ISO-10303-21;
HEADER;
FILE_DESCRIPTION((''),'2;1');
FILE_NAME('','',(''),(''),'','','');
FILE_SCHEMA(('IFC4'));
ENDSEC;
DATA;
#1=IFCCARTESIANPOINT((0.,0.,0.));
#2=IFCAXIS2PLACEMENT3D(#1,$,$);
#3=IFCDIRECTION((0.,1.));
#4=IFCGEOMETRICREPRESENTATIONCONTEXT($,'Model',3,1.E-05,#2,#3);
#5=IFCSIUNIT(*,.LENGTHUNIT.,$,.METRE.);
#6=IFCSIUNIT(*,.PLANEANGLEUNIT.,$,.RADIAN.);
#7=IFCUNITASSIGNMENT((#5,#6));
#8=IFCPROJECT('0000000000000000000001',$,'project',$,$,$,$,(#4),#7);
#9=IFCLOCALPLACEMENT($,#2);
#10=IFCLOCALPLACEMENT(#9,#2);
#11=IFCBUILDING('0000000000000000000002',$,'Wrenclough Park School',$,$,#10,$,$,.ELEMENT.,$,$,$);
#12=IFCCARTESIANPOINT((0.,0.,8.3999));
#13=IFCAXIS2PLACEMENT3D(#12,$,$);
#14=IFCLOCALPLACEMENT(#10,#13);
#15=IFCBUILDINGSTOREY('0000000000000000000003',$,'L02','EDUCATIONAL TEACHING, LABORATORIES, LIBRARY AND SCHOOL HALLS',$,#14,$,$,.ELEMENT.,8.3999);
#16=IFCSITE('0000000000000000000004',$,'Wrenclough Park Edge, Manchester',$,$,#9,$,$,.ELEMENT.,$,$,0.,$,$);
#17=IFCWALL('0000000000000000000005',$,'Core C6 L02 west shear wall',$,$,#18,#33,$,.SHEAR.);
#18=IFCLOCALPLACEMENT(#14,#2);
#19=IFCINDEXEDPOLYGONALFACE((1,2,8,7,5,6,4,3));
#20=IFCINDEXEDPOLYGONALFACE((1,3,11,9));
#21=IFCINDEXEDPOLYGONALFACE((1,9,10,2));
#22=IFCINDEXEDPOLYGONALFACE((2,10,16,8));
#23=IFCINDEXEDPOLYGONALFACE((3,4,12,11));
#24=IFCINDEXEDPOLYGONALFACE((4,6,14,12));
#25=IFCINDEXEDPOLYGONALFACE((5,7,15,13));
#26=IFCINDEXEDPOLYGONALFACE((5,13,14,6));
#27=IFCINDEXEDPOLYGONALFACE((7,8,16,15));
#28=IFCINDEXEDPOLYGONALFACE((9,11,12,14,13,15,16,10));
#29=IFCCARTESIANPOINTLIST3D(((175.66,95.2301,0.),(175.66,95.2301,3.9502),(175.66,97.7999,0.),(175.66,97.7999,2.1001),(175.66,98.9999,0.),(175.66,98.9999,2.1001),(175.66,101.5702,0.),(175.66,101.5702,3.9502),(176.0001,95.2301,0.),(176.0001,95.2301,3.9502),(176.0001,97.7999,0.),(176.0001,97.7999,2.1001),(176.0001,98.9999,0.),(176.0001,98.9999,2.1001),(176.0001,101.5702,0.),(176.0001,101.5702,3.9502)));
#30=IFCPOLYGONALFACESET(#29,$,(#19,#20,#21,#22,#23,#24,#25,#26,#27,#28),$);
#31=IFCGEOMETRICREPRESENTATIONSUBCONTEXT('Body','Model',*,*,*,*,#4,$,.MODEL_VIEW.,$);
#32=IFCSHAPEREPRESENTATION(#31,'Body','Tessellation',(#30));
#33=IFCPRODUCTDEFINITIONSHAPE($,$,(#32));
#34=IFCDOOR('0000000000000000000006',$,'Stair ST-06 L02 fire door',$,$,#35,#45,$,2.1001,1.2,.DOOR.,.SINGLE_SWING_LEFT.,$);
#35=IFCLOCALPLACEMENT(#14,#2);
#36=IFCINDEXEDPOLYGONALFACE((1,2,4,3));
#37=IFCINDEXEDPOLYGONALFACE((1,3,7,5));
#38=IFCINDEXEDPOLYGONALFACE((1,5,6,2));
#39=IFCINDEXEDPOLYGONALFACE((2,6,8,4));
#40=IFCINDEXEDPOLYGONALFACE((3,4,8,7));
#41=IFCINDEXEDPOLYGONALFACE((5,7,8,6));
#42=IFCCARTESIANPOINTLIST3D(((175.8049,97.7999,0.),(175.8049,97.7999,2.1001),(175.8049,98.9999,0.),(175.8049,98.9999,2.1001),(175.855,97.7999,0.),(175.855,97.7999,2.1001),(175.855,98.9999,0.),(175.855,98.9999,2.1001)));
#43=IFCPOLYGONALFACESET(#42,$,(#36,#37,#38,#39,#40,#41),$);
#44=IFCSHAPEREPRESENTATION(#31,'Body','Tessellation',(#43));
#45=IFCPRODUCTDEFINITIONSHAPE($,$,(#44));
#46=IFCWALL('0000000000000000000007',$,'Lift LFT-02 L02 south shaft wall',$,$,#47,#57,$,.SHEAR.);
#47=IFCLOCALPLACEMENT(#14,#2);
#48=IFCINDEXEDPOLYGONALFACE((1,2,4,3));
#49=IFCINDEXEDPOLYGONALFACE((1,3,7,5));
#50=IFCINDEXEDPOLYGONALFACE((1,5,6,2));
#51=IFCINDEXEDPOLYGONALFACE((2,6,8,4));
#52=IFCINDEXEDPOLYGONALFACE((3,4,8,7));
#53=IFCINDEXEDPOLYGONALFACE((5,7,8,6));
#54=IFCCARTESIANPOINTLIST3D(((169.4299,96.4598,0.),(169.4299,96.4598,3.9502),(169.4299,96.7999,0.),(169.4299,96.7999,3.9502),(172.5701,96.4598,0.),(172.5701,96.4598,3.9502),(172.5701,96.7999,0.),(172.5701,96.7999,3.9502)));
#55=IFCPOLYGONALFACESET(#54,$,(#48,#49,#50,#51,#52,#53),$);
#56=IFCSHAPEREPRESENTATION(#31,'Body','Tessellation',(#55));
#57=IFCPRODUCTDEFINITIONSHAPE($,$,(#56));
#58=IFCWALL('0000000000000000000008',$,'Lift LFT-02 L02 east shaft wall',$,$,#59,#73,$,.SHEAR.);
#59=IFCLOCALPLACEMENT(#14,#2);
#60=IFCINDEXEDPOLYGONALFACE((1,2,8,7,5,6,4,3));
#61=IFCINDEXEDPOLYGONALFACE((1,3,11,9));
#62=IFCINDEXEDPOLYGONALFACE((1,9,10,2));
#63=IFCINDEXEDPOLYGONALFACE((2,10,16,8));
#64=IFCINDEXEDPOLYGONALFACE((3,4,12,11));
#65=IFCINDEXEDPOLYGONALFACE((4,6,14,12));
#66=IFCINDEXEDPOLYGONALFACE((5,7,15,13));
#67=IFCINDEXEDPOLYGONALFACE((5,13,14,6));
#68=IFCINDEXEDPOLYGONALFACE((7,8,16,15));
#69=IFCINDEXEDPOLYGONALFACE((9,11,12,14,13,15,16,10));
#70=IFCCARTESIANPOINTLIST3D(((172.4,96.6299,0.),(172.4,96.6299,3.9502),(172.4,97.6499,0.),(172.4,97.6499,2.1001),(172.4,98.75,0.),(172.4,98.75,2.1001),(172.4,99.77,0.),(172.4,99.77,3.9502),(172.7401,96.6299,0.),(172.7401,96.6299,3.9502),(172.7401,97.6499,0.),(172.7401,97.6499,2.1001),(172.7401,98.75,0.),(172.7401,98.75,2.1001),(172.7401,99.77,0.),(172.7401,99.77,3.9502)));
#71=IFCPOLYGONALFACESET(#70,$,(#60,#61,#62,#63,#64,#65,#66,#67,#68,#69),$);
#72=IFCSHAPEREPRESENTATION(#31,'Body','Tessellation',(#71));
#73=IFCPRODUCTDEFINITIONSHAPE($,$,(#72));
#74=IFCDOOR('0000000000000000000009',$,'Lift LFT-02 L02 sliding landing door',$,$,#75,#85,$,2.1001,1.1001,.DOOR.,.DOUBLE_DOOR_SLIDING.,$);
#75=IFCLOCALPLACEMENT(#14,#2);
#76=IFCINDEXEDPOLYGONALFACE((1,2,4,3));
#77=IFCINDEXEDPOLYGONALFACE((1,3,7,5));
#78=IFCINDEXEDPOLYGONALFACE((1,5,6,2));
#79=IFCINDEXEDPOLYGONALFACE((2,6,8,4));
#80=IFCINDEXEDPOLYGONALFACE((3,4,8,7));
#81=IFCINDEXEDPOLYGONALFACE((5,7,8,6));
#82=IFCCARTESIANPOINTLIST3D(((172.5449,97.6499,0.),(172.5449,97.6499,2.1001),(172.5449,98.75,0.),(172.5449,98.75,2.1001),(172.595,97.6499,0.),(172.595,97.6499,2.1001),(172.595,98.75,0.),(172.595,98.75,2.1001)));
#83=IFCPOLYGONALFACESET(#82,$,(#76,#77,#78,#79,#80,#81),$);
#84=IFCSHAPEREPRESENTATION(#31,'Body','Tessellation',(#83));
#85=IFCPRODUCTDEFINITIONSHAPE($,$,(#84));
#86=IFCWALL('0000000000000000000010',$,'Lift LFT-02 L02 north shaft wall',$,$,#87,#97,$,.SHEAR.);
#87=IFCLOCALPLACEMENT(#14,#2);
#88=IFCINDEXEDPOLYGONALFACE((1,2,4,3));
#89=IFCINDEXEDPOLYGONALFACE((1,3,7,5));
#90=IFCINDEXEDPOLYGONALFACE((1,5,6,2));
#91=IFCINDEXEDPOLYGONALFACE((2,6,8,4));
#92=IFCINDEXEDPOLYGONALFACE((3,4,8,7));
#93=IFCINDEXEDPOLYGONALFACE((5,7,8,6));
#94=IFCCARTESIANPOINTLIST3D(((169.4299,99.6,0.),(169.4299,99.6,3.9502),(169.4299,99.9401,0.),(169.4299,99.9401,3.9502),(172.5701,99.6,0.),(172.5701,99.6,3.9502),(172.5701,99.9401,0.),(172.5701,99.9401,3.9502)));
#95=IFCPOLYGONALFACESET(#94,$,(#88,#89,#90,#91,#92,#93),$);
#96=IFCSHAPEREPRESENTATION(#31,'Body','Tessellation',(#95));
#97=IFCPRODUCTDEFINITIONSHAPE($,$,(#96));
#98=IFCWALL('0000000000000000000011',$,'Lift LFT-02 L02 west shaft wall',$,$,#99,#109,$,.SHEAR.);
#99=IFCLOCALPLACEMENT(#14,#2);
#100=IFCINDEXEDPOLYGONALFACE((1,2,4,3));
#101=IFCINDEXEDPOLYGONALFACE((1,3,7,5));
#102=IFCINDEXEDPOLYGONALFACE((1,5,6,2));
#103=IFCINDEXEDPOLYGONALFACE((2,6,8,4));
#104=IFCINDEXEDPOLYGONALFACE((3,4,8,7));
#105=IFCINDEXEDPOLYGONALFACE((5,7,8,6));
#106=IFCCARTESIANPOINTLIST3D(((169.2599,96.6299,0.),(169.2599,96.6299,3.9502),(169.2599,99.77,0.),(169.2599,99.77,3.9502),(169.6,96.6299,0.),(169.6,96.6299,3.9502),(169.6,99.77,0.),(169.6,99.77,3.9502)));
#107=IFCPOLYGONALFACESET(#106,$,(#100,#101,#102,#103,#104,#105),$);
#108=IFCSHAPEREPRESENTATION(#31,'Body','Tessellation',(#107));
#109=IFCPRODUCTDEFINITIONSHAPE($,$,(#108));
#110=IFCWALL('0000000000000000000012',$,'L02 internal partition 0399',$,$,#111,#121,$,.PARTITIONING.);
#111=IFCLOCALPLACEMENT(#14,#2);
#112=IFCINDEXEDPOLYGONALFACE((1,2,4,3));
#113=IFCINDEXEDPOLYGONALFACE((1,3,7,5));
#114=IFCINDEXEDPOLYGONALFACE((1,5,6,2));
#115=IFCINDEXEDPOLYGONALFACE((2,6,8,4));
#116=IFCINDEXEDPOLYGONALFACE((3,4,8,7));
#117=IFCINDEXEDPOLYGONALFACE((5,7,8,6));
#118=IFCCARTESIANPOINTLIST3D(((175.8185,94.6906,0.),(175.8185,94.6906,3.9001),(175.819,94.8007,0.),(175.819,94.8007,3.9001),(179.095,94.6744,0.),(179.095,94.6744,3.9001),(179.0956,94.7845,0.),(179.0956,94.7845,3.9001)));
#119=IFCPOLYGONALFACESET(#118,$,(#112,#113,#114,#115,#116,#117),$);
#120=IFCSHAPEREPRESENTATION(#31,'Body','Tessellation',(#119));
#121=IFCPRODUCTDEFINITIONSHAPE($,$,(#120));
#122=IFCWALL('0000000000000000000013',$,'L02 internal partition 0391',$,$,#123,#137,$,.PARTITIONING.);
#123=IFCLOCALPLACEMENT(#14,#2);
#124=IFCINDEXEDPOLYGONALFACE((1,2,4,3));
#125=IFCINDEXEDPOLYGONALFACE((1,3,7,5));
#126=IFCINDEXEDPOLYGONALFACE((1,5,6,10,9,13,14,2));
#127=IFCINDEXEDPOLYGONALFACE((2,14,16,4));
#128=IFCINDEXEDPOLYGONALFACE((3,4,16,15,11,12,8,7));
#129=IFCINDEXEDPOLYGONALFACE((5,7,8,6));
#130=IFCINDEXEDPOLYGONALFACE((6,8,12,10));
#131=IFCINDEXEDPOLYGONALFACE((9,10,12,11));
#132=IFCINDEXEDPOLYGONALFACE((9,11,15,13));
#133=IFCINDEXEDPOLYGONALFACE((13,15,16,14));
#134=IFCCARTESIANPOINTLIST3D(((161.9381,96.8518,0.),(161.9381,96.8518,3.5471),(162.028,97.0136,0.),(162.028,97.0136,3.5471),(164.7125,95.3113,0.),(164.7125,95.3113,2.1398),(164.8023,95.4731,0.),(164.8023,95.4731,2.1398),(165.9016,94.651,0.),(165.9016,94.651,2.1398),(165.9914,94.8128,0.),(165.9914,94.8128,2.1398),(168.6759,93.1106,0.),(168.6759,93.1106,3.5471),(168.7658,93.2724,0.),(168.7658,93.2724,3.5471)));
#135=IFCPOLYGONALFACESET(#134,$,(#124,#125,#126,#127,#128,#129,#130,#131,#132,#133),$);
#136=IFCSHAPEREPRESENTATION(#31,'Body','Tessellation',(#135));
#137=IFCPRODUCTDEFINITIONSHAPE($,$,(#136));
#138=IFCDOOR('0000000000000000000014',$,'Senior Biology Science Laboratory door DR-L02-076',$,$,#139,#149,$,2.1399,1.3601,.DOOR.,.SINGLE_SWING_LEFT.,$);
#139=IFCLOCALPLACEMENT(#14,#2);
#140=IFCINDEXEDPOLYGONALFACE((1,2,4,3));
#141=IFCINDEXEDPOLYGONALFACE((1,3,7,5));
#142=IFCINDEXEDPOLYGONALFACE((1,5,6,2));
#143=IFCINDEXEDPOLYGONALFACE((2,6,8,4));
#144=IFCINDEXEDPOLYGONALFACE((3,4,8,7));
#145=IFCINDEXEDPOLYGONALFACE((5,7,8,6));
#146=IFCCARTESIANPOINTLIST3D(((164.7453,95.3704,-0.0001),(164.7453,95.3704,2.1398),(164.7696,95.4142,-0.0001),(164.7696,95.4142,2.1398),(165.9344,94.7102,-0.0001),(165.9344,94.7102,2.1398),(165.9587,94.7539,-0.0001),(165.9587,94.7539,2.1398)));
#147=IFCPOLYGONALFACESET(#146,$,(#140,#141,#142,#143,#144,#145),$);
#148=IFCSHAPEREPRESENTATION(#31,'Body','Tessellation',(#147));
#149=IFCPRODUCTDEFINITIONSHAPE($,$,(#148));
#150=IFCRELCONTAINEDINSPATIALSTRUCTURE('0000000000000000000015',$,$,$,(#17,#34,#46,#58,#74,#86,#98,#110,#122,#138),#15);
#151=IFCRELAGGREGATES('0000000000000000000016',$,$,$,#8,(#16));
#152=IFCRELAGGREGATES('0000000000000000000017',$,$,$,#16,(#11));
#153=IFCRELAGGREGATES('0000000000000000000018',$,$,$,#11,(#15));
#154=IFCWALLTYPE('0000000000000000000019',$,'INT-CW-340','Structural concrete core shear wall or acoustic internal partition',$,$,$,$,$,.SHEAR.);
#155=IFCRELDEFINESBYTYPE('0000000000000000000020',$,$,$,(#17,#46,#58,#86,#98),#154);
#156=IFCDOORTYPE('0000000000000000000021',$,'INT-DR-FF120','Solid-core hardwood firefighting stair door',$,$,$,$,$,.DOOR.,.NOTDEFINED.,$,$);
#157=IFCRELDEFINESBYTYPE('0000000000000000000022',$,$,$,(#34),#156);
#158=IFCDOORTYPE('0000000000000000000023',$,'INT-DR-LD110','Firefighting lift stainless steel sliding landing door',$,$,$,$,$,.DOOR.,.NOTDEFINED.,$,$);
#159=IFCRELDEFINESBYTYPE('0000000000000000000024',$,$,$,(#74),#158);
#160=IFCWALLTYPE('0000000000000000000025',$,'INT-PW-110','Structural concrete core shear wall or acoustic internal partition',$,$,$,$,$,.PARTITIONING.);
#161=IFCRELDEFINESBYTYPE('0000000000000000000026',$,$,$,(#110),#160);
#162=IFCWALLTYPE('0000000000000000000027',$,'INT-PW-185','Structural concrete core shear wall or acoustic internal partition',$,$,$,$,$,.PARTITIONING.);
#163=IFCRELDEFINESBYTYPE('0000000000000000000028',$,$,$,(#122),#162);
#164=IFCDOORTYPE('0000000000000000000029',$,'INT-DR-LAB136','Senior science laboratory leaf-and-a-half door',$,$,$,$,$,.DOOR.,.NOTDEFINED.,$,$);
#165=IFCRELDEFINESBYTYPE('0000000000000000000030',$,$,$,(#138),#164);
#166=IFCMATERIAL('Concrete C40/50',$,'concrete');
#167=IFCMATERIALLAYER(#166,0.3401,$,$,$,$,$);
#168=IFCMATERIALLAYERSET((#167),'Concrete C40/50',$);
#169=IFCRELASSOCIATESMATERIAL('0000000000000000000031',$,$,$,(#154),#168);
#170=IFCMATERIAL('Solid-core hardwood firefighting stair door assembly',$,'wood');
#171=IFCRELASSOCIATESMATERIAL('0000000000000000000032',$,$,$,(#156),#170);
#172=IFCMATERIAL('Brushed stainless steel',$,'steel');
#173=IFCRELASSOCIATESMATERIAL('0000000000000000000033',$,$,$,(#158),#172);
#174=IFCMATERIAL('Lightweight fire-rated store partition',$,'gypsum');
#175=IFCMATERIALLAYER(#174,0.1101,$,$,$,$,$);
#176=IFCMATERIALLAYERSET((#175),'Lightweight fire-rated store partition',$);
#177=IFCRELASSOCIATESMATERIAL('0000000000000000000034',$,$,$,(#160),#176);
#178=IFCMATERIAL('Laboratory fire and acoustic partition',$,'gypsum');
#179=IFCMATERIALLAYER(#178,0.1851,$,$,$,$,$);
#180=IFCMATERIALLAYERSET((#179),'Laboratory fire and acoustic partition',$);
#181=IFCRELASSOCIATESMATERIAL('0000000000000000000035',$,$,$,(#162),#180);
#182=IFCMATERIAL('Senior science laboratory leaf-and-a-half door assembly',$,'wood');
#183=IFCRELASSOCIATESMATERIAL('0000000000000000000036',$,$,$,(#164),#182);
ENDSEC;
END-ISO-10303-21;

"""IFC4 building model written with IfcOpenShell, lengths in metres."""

from ifc_helpers import new_model, si_unit, direction, frame, frame_2d, origin, place, context, subcontext, project, spatial, rectangle, extrude, material, layer, layer_set, type_object, element, fill, save


model = new_model("IFC4")

# Units and contexts
model_context = context("Model", 3, precision=1e-05, world=origin(), true_north=direction((0.0, 1.0)))
body_context = subcontext(model_context, "Body", "Model", "MODEL_VIEW")
ifc_project = project(units=[si_unit("LENGTHUNIT", "METRE"), si_unit("PLANEANGLEUNIT", "RADIAN")], contexts=[model_context])

# Site, building, storey
site_placement = place(None, origin())
site = spatial("IfcSite", under=ifc_project, at=site_placement, Name="Wrenclough Park Edge, Manchester", CompositionType="ELEMENT", RefElevation=0.0)
building_placement = place(site_placement, origin())
building = spatial("IfcBuilding", under=site, at=building_placement, Name="Wrenclough Park School", CompositionType="ELEMENT")
storey_placement = place(building_placement, frame((0.0, 0.0, 8.3999)))
storey = spatial("IfcBuildingStorey", under=building, at=storey_placement, Name="L02", Description="EDUCATIONAL TEACHING, LABORATORIES, LIBRARY AND SCHOOL HALLS", CompositionType="ELEMENT", Elevation=8.3999)

# Shared definitions
ifc_material_1 = material(Name="Concrete C40/50", Category="concrete")

# Shared definitions
ifc_layer_1 = layer(ifc_material_1, 0.3401)
ifc_layer_set_1 = layer_set([ifc_layer_1], Name="Concrete C40/50")
wall_type_1 = type_object("IfcWallType", Name="INT-CW-340", Description="Structural concrete core shear wall or acoustic internal partition", PredefinedType="SHEAR", material=ifc_layer_set_1)

# Wall, opening, door
wall_1_placement = place(storey_placement, frame((175.8301, 101.5701, 0.0), z_axis=(0.0, 0.0, 1.0), x_axis=(0.0, -1.0, 0.0)))
wall_1 = element("IfcWall", 1, at=wall_1_placement, inside=storey, type_object=wall_type_1, Name="Core C6 L02 west shear wall", PredefinedType="SHEAR", context=body_context, shape_type="SweptSolid", body=[
    extrude(rectangle(XDim=6.3401, YDim=0.3401, at=frame_2d((3.1699, 0.0))), origin(), (0.0, 0.0, 1.0), 3.9502),
])
opening_1_placement = place(wall_1_placement, frame((2.5701, 0.0, 0.0)))
opening_1 = element("IfcOpeningElement", 2, at=opening_1_placement, cuts=wall_1, PredefinedType="OPENING", context=body_context, shape_type="SweptSolid", body=[
    extrude(rectangle(XDim=1.2, YDim=2.1001, at=frame_2d((0.6001, 1.05))), frame((0.0, 0.1799, 0.0), z_axis=(0.0, -1.0, 0.0), x_axis=(1.0, 0.0, 0.0)), (0.0, 0.0, 1.0), 0.3601),
])
ifc_material_2 = material(Name="Solid-core hardwood firefighting stair door assembly", Category="wood")
door_type_1 = type_object("IfcDoorType", Name="INT-DR-FF120", Description="Solid-core hardwood firefighting stair door", OperationType="NOTDEFINED", PredefinedType="DOOR", material=ifc_material_2)
door_1_placement = place(opening_1_placement, origin())
door_1 = element("IfcDoor", 3, at=door_1_placement, inside=storey, type_object=door_type_1, Name="Stair ST-06 L02 fire door", OperationType="SINGLE_SWING_LEFT", OverallHeight=2.1001, OverallWidth=1.2, PredefinedType="DOOR", context=body_context, shape_type="SweptSolid", body=[
    extrude(rectangle(XDim=1.2, YDim=2.1001, at=frame_2d((0.6001, 1.05))), frame((0.0, 0.0249, 0.0), z_axis=(0.0, -1.0, 0.0), x_axis=(1.0, 0.0, 0.0)), (0.0, 0.0, 1.0), 0.05),
])
fill(opening_1, door_1)

# Wall
wall_2_placement = place(storey_placement, frame((169.4299, 96.6299, 0.0), z_axis=(0.0, 0.0, 1.0), x_axis=(1.0, 0.0, 0.0)))
element("IfcWall", 4, at=wall_2_placement, inside=storey, type_object=wall_type_1, Name="Lift LFT-02 L02 south shaft wall", PredefinedType="SHEAR", context=body_context, shape_type="SweptSolid", body=[
    extrude(rectangle(XDim=3.1401, YDim=0.3401, at=frame_2d((1.5701, 0.0))), origin(), (0.0, 0.0, 1.0), 3.9502),
])

# Wall, opening, door
wall_3_placement = place(storey_placement, frame((172.5701, 96.6299, 0.0), z_axis=(0.0, 0.0, 1.0), x_axis=(0.0, 1.0, 0.0)))
wall_3 = element("IfcWall", 5, at=wall_3_placement, inside=storey, type_object=wall_type_1, Name="Lift LFT-02 L02 east shaft wall", PredefinedType="SHEAR", context=body_context, shape_type="SweptSolid", body=[
    extrude(rectangle(XDim=3.1401, YDim=0.3401, at=frame_2d((1.5701, 0.0))), origin(), (0.0, 0.0, 1.0), 3.9502),
])
opening_2_placement = place(wall_3_placement, frame((1.02, 0.0, 0.0)))
opening_2 = element("IfcOpeningElement", 6, at=opening_2_placement, cuts=wall_3, PredefinedType="OPENING", context=body_context, shape_type="SweptSolid", body=[
    extrude(rectangle(XDim=1.1001, YDim=2.1001, at=frame_2d((0.55, 1.05))), frame((0.0, 0.1799, 0.0), z_axis=(0.0, -1.0, 0.0), x_axis=(1.0, 0.0, 0.0)), (0.0, 0.0, 1.0), 0.3601),
])
ifc_material_3 = material(Name="Brushed stainless steel", Category="steel")
door_type_2 = type_object("IfcDoorType", Name="INT-DR-LD110", Description="Firefighting lift stainless steel sliding landing door", OperationType="NOTDEFINED", PredefinedType="DOOR", material=ifc_material_3)
door_2_placement = place(opening_2_placement, frame((1.1001, 0.0, 0.0), z_axis=(0.0, 0.0, 1.0), x_axis=(-1.0, 0.0, 0.0)))
door_2 = element("IfcDoor", 7, at=door_2_placement, inside=storey, type_object=door_type_2, Name="Lift LFT-02 L02 sliding landing door", OperationType="DOUBLE_DOOR_SLIDING", OverallHeight=2.1001, OverallWidth=1.1001, PredefinedType="DOOR", context=body_context, shape_type="SweptSolid", body=[
    extrude(rectangle(XDim=1.1001, YDim=2.1001, at=frame_2d((0.55, 1.05))), frame((0.0, 0.0249, 0.0), z_axis=(0.0, -1.0, 0.0), x_axis=(1.0, 0.0, 0.0)), (0.0, 0.0, 1.0), 0.05),
])
fill(opening_2, door_2)

# Walls
for number, where, z_axis, x_axis, name in (
    (8, (172.5701, 99.77, 0.0), (0.0, 0.0, 1.0), (-1.0, 0.0, 0.0), "Lift LFT-02 L02 north shaft wall"),
    (9, (169.4299, 99.77, 0.0), (0.0, 0.0, 1.0), (0.0, -1.0, 0.0), "Lift LFT-02 L02 west shaft wall"),
):
    element("IfcWall", number, at=place(storey_placement, frame(where, z_axis=z_axis, x_axis=x_axis)), inside=storey, type_object=wall_type_1, Name=name, PredefinedType="SHEAR", context=body_context, shape_type="SweptSolid", body=[
        extrude(rectangle(XDim=3.1401, YDim=0.3401, at=frame_2d((1.5701, 0.0))), origin(), (0.0, 0.0, 1.0), 3.9502),
    ])
ifc_material_4 = material(Name="Lightweight fire-rated store partition", Category="gypsum")
ifc_layer_2 = layer(ifc_material_4, 0.1101)
ifc_layer_set_2 = layer_set([ifc_layer_2], Name="Lightweight fire-rated store partition")
wall_type_2 = type_object("IfcWallType", Name="INT-PW-110", Description="Structural concrete core shear wall or acoustic internal partition", PredefinedType="PARTITIONING", material=ifc_layer_set_2)
wall_4_placement = place(storey_placement, frame((175.8188, 94.7456, 0.0), z_axis=(0.0, 0.0, 1.0), x_axis=(0.999988, -0.004918, 0.0)))
element("IfcWall", 10, at=wall_4_placement, inside=storey, type_object=wall_type_2, Name="L02 internal partition 0399", PredefinedType="PARTITIONING", context=body_context, shape_type="SweptSolid", body=[
    extrude(rectangle(XDim=3.2766, YDim=0.1101, at=frame_2d((1.6382, 0.0))), origin(), (0.0, 0.0, 1.0), 3.9001),
])

# Wall, opening, door
ifc_material_5 = material(Name="Laboratory fire and acoustic partition", Category="gypsum")
ifc_layer_3 = layer(ifc_material_5, 0.1851)
ifc_layer_set_3 = layer_set([ifc_layer_3], Name="Laboratory fire and acoustic partition")
wall_type_3 = type_object("IfcWallType", Name="INT-PW-185", Description="Structural concrete core shear wall or acoustic internal partition", PredefinedType="PARTITIONING", material=ifc_layer_set_3)
wall_5_placement = place(storey_placement, frame((168.7209, 93.1914, 0.0), z_axis=(0.0, 0.0, 1.0), x_axis=(-0.874268, 0.485444, 0.0)))
wall_5 = element("IfcWall", 11, at=wall_5_placement, inside=storey, type_object=wall_type_3, Name="L02 internal partition 0391", PredefinedType="PARTITIONING", context=body_context, shape_type="SweptSolid", body=[
    extrude(rectangle(XDim=7.7068, YDim=0.1851, at=frame_2d((3.8535, 0.0))), origin(), (0.0, 0.0, 1.0), 3.5471),
])
opening_3_placement = place(wall_5_placement, frame((3.1733, 0.0, 0.0)))
opening_3 = element("IfcOpeningElement", 12, at=opening_3_placement, cuts=wall_5, PredefinedType="OPENING", context=body_context, shape_type="SweptSolid", body=[
    extrude(rectangle(XDim=1.3601, YDim=2.1399, at=frame_2d((0.6802, 1.0698))), frame((0.0, 0.1025, 0.0), z_axis=(0.0, -1.0, 0.0), x_axis=(1.0, 0.0, 0.0)), (0.0, 0.0, 1.0), 0.2051),
])
ifc_material_6 = material(Name="Senior science laboratory leaf-and-a-half door assembly", Category="wood")
door_type_3 = type_object("IfcDoorType", Name="INT-DR-LAB136", Description="Senior science laboratory leaf-and-a-half door", OperationType="NOTDEFINED", PredefinedType="DOOR", material=ifc_material_6)
door_3_placement = place(opening_3_placement, origin())
door_3 = element("IfcDoor", 13, at=door_3_placement, inside=storey, type_object=door_type_3, Name="Senior Biology Science Laboratory door DR-L02-076", OperationType="SINGLE_SWING_LEFT", OverallHeight=2.1399, OverallWidth=1.3601, PredefinedType="DOOR", context=body_context, shape_type="SweptSolid", body=[
    extrude(rectangle(XDim=1.3601, YDim=2.1399, at=frame_2d((0.6802, 1.0698))), frame((0.0, 0.0249, 0.0), z_axis=(0.0, -1.0, 0.0), x_axis=(1.0, 0.0, 0.0)), (0.0, 0.0, 1.0), 0.05),
])
fill(opening_3, door_3)

save(model, "model.ifc")
